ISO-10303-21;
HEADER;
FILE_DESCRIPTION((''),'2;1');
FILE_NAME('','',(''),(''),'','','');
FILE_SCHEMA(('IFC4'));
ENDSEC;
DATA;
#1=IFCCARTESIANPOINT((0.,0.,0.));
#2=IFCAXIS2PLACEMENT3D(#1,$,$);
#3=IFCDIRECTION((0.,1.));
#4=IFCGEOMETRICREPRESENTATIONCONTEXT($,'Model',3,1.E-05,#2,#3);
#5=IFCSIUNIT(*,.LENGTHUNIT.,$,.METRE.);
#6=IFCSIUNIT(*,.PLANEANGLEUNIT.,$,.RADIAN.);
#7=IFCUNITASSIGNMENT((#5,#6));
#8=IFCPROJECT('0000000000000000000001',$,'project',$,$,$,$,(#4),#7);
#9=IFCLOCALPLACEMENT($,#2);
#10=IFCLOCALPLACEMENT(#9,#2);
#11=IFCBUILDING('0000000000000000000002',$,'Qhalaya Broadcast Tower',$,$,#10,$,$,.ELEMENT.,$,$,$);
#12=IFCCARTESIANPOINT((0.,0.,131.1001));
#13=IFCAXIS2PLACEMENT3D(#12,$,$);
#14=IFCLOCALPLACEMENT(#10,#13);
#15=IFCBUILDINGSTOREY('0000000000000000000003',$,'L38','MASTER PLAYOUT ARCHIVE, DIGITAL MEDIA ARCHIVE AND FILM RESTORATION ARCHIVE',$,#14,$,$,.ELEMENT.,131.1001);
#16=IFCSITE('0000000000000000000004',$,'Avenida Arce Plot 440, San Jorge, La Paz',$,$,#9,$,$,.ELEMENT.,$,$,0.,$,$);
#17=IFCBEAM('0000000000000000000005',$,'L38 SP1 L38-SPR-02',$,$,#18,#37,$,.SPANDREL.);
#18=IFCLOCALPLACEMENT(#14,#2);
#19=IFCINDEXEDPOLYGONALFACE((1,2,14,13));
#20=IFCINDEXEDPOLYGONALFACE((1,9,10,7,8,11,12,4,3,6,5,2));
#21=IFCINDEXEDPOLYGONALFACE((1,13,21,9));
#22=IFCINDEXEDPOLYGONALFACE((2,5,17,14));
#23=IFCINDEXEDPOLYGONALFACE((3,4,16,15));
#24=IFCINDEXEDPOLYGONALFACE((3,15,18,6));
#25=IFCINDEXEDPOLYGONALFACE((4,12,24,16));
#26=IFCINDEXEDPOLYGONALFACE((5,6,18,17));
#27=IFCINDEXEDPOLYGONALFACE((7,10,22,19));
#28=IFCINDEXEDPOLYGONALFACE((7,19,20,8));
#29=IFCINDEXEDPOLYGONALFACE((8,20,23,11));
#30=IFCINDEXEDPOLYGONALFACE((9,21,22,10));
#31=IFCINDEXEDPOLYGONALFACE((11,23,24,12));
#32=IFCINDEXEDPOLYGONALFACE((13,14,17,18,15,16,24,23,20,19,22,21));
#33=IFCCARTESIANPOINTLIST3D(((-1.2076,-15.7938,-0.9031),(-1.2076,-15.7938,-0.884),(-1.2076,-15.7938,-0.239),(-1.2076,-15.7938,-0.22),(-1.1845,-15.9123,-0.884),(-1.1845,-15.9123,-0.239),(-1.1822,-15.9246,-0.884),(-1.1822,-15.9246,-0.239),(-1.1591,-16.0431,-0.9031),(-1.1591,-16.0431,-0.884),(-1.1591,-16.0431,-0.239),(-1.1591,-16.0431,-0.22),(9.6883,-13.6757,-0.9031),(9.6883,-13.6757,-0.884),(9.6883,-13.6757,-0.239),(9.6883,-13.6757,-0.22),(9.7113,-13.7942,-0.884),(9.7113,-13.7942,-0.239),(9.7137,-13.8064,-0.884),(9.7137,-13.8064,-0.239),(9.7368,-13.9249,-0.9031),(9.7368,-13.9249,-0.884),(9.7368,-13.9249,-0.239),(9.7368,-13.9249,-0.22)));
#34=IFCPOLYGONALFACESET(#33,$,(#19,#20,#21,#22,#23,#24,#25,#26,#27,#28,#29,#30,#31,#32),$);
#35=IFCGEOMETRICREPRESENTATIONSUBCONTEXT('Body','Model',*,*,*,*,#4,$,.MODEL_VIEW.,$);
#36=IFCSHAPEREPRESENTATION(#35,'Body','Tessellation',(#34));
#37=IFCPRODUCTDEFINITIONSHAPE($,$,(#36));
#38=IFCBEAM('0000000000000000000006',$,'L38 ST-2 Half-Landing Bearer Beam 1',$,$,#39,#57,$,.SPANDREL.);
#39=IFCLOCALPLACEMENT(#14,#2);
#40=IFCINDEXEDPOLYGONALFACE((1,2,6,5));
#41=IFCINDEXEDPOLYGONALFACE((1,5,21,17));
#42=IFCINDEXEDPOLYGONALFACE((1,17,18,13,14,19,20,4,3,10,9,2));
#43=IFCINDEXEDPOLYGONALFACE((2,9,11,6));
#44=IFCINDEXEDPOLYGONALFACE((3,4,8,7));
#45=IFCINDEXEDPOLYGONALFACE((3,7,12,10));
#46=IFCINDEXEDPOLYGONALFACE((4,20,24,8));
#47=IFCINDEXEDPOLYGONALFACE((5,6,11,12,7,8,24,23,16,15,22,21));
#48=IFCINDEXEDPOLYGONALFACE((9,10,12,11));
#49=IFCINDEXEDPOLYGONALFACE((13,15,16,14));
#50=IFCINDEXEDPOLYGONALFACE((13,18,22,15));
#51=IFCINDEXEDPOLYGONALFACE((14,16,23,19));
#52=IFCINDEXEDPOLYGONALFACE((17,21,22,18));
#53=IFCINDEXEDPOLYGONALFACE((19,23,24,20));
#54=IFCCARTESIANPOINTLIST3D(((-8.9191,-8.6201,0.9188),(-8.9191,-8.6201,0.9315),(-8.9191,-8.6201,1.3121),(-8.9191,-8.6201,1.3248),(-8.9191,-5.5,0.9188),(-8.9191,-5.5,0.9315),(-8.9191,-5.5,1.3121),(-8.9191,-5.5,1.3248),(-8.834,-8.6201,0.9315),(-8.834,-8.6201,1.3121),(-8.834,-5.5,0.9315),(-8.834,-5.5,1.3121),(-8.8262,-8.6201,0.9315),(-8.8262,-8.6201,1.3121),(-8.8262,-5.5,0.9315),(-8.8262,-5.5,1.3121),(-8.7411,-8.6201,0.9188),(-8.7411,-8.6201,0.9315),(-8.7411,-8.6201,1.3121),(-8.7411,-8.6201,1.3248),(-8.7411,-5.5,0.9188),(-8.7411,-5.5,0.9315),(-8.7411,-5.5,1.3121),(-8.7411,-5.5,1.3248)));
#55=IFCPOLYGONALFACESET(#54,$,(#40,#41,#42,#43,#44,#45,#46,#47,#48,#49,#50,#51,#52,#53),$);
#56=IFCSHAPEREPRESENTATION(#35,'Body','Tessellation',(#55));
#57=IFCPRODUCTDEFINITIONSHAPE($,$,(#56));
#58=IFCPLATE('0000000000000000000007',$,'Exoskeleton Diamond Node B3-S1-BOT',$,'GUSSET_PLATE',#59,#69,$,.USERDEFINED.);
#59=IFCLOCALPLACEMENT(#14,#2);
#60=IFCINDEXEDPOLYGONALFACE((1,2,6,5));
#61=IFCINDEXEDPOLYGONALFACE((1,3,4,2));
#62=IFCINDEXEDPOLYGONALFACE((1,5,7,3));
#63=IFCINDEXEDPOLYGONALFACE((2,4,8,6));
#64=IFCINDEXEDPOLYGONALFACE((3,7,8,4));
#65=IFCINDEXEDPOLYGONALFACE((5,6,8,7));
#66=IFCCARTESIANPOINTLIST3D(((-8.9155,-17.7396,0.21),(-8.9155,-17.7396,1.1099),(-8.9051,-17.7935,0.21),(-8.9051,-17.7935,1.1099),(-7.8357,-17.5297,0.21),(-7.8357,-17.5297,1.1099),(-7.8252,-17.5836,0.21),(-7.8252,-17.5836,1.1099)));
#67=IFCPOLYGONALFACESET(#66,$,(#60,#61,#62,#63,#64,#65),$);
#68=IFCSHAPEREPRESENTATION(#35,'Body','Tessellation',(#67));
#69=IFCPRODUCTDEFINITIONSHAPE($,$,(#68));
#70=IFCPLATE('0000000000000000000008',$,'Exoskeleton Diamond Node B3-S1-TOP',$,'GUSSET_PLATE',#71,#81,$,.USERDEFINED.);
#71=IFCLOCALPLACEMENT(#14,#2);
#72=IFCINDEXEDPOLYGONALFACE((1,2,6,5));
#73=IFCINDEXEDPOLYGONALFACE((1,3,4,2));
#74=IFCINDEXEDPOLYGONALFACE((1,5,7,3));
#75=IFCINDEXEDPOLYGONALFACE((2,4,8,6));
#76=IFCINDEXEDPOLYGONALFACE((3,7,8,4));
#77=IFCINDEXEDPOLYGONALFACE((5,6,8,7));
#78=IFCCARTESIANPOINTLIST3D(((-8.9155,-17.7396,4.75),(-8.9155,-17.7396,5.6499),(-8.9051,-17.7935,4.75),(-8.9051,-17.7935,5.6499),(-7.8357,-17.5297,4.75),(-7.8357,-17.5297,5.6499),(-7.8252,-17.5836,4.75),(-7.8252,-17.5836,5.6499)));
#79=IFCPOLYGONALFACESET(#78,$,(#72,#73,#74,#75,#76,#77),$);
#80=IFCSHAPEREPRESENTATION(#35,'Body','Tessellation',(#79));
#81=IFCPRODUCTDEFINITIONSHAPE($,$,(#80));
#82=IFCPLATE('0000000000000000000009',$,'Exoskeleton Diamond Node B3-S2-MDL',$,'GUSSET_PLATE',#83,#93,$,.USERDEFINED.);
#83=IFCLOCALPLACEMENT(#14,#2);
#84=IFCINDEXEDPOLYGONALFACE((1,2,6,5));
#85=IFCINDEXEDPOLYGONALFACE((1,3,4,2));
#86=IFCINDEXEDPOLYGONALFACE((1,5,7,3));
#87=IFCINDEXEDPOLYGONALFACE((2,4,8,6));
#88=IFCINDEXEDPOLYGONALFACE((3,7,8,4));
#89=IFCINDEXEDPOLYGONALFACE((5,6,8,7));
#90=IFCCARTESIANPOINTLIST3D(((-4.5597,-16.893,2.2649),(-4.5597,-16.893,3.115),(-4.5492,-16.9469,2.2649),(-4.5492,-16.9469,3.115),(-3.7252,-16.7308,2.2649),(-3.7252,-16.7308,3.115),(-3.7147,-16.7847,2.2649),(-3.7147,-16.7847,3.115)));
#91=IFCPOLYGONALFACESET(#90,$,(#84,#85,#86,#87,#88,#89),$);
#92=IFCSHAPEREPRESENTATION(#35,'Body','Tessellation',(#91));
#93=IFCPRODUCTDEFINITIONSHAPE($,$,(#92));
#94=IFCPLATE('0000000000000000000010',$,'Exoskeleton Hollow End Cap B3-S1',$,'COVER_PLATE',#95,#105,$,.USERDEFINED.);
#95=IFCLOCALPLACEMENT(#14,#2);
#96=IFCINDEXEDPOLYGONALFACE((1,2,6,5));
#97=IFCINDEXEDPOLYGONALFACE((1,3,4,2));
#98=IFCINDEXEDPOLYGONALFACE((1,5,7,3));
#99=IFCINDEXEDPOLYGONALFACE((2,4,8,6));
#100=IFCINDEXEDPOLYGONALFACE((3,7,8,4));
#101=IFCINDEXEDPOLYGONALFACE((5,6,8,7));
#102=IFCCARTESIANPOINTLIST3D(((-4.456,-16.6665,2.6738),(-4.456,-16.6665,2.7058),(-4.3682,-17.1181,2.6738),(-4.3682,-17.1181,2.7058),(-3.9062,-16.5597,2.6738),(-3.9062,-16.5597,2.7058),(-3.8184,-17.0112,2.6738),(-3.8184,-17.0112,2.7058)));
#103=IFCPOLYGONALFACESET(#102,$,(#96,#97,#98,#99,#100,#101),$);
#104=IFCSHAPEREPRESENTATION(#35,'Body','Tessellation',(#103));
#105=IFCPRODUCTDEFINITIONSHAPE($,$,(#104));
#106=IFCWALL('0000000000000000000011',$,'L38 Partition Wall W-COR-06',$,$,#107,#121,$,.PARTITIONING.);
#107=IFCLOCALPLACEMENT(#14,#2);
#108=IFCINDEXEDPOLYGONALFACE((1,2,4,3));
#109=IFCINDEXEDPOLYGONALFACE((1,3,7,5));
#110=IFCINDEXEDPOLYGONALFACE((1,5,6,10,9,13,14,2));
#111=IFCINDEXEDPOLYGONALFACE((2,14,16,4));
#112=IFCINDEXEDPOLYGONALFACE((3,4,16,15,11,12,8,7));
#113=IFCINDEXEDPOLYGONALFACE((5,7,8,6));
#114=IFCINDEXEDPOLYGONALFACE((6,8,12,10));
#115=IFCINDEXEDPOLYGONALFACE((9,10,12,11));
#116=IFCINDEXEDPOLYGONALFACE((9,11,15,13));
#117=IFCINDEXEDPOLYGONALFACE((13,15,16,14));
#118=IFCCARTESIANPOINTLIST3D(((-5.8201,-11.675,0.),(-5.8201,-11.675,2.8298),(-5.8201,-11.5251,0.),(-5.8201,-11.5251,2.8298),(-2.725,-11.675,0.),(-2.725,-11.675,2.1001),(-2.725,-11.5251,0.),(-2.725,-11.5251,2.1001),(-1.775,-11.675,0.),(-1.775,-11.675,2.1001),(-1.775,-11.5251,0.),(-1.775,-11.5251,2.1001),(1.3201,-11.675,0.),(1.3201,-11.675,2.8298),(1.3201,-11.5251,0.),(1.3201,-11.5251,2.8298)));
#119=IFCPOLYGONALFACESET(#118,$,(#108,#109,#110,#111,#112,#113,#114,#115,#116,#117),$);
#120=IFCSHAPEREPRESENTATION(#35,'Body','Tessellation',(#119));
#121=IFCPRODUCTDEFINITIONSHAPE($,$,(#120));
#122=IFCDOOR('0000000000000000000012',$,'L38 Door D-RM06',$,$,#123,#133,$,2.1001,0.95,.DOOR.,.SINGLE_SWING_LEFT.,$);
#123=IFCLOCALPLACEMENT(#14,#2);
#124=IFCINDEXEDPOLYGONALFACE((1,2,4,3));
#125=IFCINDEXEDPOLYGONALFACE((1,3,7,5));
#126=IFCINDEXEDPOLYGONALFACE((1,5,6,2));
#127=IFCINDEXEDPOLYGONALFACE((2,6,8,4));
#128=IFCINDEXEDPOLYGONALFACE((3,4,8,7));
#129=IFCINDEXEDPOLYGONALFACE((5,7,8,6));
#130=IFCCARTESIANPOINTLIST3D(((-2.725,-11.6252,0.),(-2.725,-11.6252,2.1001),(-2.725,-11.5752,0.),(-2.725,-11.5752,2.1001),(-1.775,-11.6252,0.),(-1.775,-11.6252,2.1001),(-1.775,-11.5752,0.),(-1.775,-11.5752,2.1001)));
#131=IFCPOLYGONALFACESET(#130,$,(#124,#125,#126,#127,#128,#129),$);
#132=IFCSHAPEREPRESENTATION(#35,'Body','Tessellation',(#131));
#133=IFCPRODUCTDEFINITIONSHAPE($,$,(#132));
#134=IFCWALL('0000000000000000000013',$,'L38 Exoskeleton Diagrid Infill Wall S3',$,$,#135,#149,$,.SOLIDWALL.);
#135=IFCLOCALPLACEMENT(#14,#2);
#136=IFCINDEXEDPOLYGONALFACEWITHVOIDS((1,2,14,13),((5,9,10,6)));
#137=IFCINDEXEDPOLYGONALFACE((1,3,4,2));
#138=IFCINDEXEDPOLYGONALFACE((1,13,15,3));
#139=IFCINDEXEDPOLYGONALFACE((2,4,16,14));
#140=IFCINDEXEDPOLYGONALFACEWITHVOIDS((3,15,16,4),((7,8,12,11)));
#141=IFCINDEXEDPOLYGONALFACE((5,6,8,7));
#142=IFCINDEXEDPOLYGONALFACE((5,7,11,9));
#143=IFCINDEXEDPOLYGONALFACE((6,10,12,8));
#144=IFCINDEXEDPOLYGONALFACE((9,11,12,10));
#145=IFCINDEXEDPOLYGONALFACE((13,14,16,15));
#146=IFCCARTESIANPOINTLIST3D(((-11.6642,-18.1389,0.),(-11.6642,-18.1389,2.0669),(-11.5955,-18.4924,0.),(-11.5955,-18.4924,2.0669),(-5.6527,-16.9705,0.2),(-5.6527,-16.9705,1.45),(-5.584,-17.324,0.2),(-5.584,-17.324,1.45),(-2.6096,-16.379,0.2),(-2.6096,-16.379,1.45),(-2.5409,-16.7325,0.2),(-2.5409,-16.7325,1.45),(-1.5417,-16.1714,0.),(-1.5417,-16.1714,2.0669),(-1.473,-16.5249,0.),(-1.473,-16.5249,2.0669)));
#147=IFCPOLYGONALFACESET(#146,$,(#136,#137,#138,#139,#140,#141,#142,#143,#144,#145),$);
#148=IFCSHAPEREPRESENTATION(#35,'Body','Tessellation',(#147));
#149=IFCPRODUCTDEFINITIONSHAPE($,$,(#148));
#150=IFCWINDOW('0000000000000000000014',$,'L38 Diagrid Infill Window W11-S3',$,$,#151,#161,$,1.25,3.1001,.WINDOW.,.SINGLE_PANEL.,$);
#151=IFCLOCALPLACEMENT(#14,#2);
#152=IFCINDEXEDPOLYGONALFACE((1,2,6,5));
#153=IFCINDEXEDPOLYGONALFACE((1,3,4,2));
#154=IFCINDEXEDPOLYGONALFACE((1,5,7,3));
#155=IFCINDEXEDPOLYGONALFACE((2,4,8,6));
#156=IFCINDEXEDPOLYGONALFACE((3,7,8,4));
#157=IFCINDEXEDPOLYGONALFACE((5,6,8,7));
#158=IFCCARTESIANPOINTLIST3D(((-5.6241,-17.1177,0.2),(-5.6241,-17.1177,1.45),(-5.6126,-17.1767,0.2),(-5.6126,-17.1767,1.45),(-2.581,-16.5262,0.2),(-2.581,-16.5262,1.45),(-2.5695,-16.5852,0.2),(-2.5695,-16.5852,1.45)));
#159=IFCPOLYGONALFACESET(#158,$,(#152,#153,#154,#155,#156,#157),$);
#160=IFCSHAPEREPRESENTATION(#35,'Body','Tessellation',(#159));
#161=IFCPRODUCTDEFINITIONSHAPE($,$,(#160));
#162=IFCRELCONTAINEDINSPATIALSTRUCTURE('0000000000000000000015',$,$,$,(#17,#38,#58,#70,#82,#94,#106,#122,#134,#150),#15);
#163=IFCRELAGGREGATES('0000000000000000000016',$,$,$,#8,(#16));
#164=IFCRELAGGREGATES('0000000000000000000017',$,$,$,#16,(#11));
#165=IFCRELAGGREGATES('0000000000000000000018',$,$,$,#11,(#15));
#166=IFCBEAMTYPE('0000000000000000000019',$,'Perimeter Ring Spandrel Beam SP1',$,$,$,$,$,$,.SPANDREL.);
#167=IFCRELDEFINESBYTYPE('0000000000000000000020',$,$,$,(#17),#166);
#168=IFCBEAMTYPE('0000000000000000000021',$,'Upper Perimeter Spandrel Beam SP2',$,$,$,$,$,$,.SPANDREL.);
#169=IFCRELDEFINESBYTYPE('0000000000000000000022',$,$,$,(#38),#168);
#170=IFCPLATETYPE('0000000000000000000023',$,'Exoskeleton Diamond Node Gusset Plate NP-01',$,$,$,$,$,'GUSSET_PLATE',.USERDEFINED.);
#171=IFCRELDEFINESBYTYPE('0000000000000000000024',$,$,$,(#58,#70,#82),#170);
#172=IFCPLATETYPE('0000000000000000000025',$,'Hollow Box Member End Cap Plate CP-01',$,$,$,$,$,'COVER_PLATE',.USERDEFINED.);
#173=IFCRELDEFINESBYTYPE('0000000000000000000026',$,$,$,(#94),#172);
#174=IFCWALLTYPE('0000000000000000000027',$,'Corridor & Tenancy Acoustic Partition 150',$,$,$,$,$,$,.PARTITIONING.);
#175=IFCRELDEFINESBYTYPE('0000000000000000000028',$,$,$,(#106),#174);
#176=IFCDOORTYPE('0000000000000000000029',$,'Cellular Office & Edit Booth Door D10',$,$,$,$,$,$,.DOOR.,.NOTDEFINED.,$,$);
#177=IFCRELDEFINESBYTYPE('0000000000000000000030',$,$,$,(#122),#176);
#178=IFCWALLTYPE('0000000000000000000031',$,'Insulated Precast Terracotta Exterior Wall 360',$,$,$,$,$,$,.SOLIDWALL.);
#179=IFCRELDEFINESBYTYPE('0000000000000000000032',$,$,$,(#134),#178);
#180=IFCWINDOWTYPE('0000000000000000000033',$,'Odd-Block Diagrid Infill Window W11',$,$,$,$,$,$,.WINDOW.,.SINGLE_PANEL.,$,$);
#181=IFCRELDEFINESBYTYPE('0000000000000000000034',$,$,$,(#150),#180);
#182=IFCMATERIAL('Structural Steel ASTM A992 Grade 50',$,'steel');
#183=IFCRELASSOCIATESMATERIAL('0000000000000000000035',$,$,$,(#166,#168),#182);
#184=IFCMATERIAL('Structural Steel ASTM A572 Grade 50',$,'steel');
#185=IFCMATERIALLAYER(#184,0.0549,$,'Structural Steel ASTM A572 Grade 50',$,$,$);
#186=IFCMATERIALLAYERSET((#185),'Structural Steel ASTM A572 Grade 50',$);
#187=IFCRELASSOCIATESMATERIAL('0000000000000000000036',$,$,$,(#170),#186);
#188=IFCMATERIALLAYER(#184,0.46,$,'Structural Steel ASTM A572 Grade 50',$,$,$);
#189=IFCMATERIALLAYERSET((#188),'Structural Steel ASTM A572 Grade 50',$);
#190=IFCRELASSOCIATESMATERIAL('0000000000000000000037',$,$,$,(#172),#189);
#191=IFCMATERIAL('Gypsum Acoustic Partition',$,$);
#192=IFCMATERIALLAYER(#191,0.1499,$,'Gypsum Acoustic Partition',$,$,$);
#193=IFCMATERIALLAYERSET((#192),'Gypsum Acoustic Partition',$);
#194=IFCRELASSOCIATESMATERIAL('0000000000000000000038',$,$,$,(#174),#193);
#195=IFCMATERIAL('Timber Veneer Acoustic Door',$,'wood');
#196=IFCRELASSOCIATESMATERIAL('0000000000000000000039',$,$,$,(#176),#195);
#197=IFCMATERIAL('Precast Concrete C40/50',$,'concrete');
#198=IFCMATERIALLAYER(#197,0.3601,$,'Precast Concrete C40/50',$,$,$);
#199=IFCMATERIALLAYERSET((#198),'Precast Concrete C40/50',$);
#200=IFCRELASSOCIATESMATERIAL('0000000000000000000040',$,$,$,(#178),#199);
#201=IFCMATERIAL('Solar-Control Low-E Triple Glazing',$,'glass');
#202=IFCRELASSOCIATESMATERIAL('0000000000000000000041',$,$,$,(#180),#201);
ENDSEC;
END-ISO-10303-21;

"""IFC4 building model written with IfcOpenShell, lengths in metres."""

from ifc_helpers import new_model, si_unit, direction, frame, frame_2d, origin, origin_2d, place, context, subcontext, project, spatial, rectangle, i_section, extrude, material, layer, layer_set, material_profile, profile_set, type_object, element, fill, save


model = new_model("IFC4")

# Units and contexts
model_context = context("Model", 3, precision=1e-05, world=origin(), true_north=direction((0.0, 1.0)))
body_context = subcontext(model_context, "Body", "Model", "MODEL_VIEW")
ifc_project = project(units=[si_unit("LENGTHUNIT", "METRE"), si_unit("PLANEANGLEUNIT", "RADIAN")], contexts=[model_context])

# Site, building, storey
site_placement = place(None, origin())
site = spatial("IfcSite", under=ifc_project, at=site_placement, Name="Avenida Arce Plot 440, San Jorge, La Paz", CompositionType="ELEMENT", RefElevation=0.0)
building_placement = place(site_placement, origin())
building = spatial("IfcBuilding", under=site, at=building_placement, Name="Qhalaya Broadcast Tower", CompositionType="ELEMENT")
storey_placement = place(building_placement, frame((0.0, 0.0, 131.1001)))
storey = spatial("IfcBuildingStorey", under=building, at=storey_placement, Name="L38", Description="MASTER PLAYOUT ARCHIVE, DIGITAL MEDIA ARCHIVE AND FILM RESTORATION ARCHIVE", CompositionType="ELEMENT", Elevation=131.1001)

# Shared definitions
ifc_material_1 = material(Name="Structural Steel ASTM A572 Grade 50", Category="steel")

# Shared definitions
ifc_material_2 = material(Name="Structural Steel ASTM A992 Grade 50", Category="steel")

# Beams
ifc_material_profile_1 = material_profile(ifc_material_2, i_section(OverallWidth=0.2539, OverallDepth=0.6831, WebThickness=0.0125, FlangeThickness=0.019, at=origin_2d()), Name="W27X94")
ifc_profile_set_1 = profile_set([ifc_material_profile_1], Name="Structural Steel ASTM A992 Grade 50")
beam_type_1 = type_object("IfcBeamType", Name="Perimeter Ring Spandrel Beam SP1", PredefinedType="SPANDREL", material=ifc_profile_set_1)
beam_1_placement = place(storey_placement, frame((-1.1833, -15.9185, -0.5615), z_axis=(0.981624, 0.190826, 0.0), x_axis=(-0.190826, 0.981624, 0.0)))
element("IfcBeam", 1, at=beam_1_placement, inside=storey, type_object=beam_type_1, Name="L38 SP1 L38-SPR-02", PredefinedType="SPANDREL", context=body_context, shape_type="SweptSolid", body=[
    extrude(i_section(OverallWidth=0.2539, OverallDepth=0.6831, WebThickness=0.0125, FlangeThickness=0.019, at=origin_2d()), origin(), (0.0, 0.0, 1.0), 11.0999),
])
ifc_material_profile_2 = material_profile(ifc_material_2, i_section(OverallWidth=0.178, OverallDepth=0.406, WebThickness=0.0078, FlangeThickness=0.0127, at=origin_2d()), Name="W16X40")
ifc_profile_set_2 = profile_set([ifc_material_profile_2], Name="Structural Steel ASTM A992 Grade 50")
beam_type_2 = type_object("IfcBeamType", Name="Upper Perimeter Spandrel Beam SP2", PredefinedType="SPANDREL", material=ifc_profile_set_2)
beam_2_placement = place(storey_placement, frame((-8.8301, -8.6201, 1.1218), z_axis=(0.0, 1.0, 0.0), x_axis=(-1.0, 0.0, 0.0)))
element("IfcBeam", 2, at=beam_2_placement, inside=storey, type_object=beam_type_2, Name="L38 ST-2 Half-Landing Bearer Beam 1", PredefinedType="SPANDREL", context=body_context, shape_type="SweptSolid", body=[
    extrude(i_section(OverallWidth=0.178, OverallDepth=0.406, WebThickness=0.0078, FlangeThickness=0.0127, at=origin_2d()), origin(), (0.0, 0.0, 1.0), 3.1201),
])

# Plates
ifc_layer_1 = layer(ifc_material_1, 0.0549, Name="Structural Steel ASTM A572 Grade 50")
ifc_layer_set_1 = layer_set([ifc_layer_1], Name="Structural Steel ASTM A572 Grade 50")
plate_type_1 = type_object("IfcPlateType", Name="Exoskeleton Diamond Node Gusset Plate NP-01", ElementType="GUSSET_PLATE", PredefinedType="USERDEFINED", material=ifc_layer_set_1)
for number, where, z_axis, x_axis, name in (
    (3, (-8.3704, -17.6616, 0.21), (0.0, 0.0, 1.0), (0.981627, 0.190809, 0.0), "Exoskeleton Diamond Node B3-S1-BOT"),
    (4, (-8.3704, -17.6616, 4.75), (0.0, 0.0, 1.0), (0.981627, 0.190809, 0.0), "Exoskeleton Diamond Node B3-S1-TOP"),
):
    element("IfcPlate", number, at=place(storey_placement, frame(where, z_axis=z_axis, x_axis=x_axis)), inside=storey, type_object=plate_type_1, Name=name, ObjectType="GUSSET_PLATE", PredefinedType="USERDEFINED", context=body_context, shape_type="SweptSolid", body=[
        extrude(rectangle(XDim=1.1001, YDim=0.0549, at=origin_2d()), origin(), (0.0, 0.0, 1.0), 0.8999),
    ])
plate_1_placement = place(storey_placement, frame((-4.1372, -16.8389, 2.2649), z_axis=(0.0, 0.0, 1.0), x_axis=(0.981627, 0.190809, 0.0)))
element("IfcPlate", 5, at=plate_1_placement, inside=storey, type_object=plate_type_1, Name="Exoskeleton Diamond Node B3-S2-MDL", ObjectType="GUSSET_PLATE", PredefinedType="USERDEFINED", context=body_context, shape_type="SweptSolid", body=[
    extrude(rectangle(XDim=0.8501, YDim=0.0549, at=origin_2d()), origin(), (0.0, 0.0, 1.0), 0.8501),
])
ifc_layer_2 = layer(ifc_material_1, 0.46, Name="Structural Steel ASTM A572 Grade 50")
ifc_layer_set_2 = layer_set([ifc_layer_2], Name="Structural Steel ASTM A572 Grade 50")
plate_type_2 = type_object("IfcPlateType", Name="Hollow Box Member End Cap Plate CP-01", ElementType="COVER_PLATE", PredefinedType="USERDEFINED", material=ifc_layer_set_2)
plate_2_placement = place(storey_placement, frame((-4.1372, -16.8389, 2.6738), z_axis=(0.0, 0.0, 1.0), x_axis=(0.981627, 0.190809, 0.0)))
element("IfcPlate", 6, at=plate_2_placement, inside=storey, type_object=plate_type_2, Name="Exoskeleton Hollow End Cap B3-S1", ObjectType="COVER_PLATE", PredefinedType="USERDEFINED", context=body_context, shape_type="SweptSolid", body=[
    extrude(rectangle(XDim=0.5601, YDim=0.46, at=origin_2d()), origin(), (0.0, 0.0, 1.0), 0.032),
])

# Wall, opening, door
ifc_material_3 = material(Name="Gypsum Acoustic Partition")
ifc_layer_3 = layer(ifc_material_3, 0.1499, Name="Gypsum Acoustic Partition")
ifc_layer_set_3 = layer_set([ifc_layer_3], Name="Gypsum Acoustic Partition")
wall_type_1 = type_object("IfcWallType", Name="Corridor & Tenancy Acoustic Partition 150", PredefinedType="PARTITIONING", material=ifc_layer_set_3)
wall_1_placement = place(storey_placement, frame((-5.8201, -11.6001, 0.0), z_axis=(0.0, 0.0, 1.0), x_axis=(1.0, 0.0, 0.0)))
wall_1 = element("IfcWall", 7, at=wall_1_placement, inside=storey, type_object=wall_type_1, Name="L38 Partition Wall W-COR-06", PredefinedType="PARTITIONING", context=body_context, shape_type="SweptSolid", body=[
    extrude(rectangle(XDim=7.1401, YDim=0.1499, at=frame_2d((3.5701, 0.0))), origin(), (0.0, 0.0, 1.0), 2.8298),
])
opening_1_placement = place(wall_1_placement, frame((3.095, 0.0, 0.0)))
opening_1 = element("IfcOpeningElement", 8, at=opening_1_placement, cuts=wall_1, PredefinedType="OPENING", context=body_context, shape_type="SweptSolid", body=[
    extrude(rectangle(XDim=0.95, YDim=2.1001, at=frame_2d((0.4751, 1.05))), frame((0.0, 0.0869, 0.0), z_axis=(0.0, -1.0, 0.0), x_axis=(1.0, 0.0, 0.0)), (0.0, 0.0, 1.0), 0.1738),
])
ifc_material_4 = material(Name="Timber Veneer Acoustic Door", Category="wood")
door_type = type_object("IfcDoorType", Name="Cellular Office & Edit Booth Door D10", OperationType="NOTDEFINED", PredefinedType="DOOR", material=ifc_material_4)
door_placement = place(opening_1_placement, origin())
door = element("IfcDoor", 9, at=door_placement, inside=storey, type_object=door_type, Name="L38 Door D-RM06", OperationType="SINGLE_SWING_LEFT", OverallHeight=2.1001, OverallWidth=0.95, PredefinedType="DOOR", context=body_context, shape_type="SweptSolid", body=[
    extrude(rectangle(XDim=0.95, YDim=2.1001, at=frame_2d((0.4751, 1.05))), frame((0.0, 0.0249, 0.0), z_axis=(0.0, -1.0, 0.0), x_axis=(1.0, 0.0, 0.0)), (0.0, 0.0, 1.0), 0.05),
])
fill(opening_1, door)

# Wall, opening, window
ifc_material_5 = material(Name="Precast Concrete C40/50", Category="concrete")
ifc_layer_4 = layer(ifc_material_5, 0.3601, Name="Precast Concrete C40/50")
ifc_layer_set_4 = layer_set([ifc_layer_4], Name="Precast Concrete C40/50")
wall_type_2 = type_object("IfcWallType", Name="Insulated Precast Terracotta Exterior Wall 360", PredefinedType="SOLIDWALL", material=ifc_layer_set_4)
wall_2_placement = place(storey_placement, frame((-1.5073, -16.3481, 0.0), z_axis=(0.0, 0.0, 1.0), x_axis=(-0.981629, -0.1908, 0.0)))
wall_2 = element("IfcWall", 10, at=wall_2_placement, inside=storey, type_object=wall_type_2, Name="L38 Exoskeleton Diagrid Infill Wall S3", PredefinedType="SOLIDWALL", context=body_context, shape_type="SweptSolid", body=[
    extrude(rectangle(XDim=10.312, YDim=0.3601, at=frame_2d((5.156, 0.0))), origin(), (0.0, 0.0, 1.0), 2.0669),
])
opening_2_placement = place(wall_2_placement, frame((1.0879, 0.0, 0.2)))
opening_2 = element("IfcOpeningElement", 11, at=opening_2_placement, cuts=wall_2, PredefinedType="OPENING", context=body_context, shape_type="SweptSolid", body=[
    extrude(rectangle(XDim=3.1001, YDim=1.25, at=frame_2d((1.55, 0.625))), frame((0.0, 0.1921, 0.0), z_axis=(0.0, -1.0, 0.0), x_axis=(1.0, 0.0, 0.0)), (0.0, 0.0, 1.0), 0.384),
])
ifc_material_6 = material(Name="Solar-Control Low-E Triple Glazing", Category="glass")
window_type = type_object("IfcWindowType", Name="Odd-Block Diagrid Infill Window W11", PartitioningType="SINGLE_PANEL", PredefinedType="WINDOW", material=ifc_material_6)
window_placement = place(opening_2_placement, origin())
window = element("IfcWindow", 12, at=window_placement, inside=storey, type_object=window_type, Name="L38 Diagrid Infill Window W11-S3", OverallHeight=1.25, OverallWidth=3.1001, PartitioningType="SINGLE_PANEL", PredefinedType="WINDOW", context=body_context, shape_type="SweptSolid", body=[
    extrude(rectangle(XDim=3.1001, YDim=1.25, at=frame_2d((1.55, 0.625))), frame((0.0, 0.03, 0.0), z_axis=(0.0, -1.0, 0.0), x_axis=(1.0, 0.0, 0.0)), (0.0, 0.0, 1.0), 0.0601),
])
fill(opening_2, window)

save(model, "model.ifc")
